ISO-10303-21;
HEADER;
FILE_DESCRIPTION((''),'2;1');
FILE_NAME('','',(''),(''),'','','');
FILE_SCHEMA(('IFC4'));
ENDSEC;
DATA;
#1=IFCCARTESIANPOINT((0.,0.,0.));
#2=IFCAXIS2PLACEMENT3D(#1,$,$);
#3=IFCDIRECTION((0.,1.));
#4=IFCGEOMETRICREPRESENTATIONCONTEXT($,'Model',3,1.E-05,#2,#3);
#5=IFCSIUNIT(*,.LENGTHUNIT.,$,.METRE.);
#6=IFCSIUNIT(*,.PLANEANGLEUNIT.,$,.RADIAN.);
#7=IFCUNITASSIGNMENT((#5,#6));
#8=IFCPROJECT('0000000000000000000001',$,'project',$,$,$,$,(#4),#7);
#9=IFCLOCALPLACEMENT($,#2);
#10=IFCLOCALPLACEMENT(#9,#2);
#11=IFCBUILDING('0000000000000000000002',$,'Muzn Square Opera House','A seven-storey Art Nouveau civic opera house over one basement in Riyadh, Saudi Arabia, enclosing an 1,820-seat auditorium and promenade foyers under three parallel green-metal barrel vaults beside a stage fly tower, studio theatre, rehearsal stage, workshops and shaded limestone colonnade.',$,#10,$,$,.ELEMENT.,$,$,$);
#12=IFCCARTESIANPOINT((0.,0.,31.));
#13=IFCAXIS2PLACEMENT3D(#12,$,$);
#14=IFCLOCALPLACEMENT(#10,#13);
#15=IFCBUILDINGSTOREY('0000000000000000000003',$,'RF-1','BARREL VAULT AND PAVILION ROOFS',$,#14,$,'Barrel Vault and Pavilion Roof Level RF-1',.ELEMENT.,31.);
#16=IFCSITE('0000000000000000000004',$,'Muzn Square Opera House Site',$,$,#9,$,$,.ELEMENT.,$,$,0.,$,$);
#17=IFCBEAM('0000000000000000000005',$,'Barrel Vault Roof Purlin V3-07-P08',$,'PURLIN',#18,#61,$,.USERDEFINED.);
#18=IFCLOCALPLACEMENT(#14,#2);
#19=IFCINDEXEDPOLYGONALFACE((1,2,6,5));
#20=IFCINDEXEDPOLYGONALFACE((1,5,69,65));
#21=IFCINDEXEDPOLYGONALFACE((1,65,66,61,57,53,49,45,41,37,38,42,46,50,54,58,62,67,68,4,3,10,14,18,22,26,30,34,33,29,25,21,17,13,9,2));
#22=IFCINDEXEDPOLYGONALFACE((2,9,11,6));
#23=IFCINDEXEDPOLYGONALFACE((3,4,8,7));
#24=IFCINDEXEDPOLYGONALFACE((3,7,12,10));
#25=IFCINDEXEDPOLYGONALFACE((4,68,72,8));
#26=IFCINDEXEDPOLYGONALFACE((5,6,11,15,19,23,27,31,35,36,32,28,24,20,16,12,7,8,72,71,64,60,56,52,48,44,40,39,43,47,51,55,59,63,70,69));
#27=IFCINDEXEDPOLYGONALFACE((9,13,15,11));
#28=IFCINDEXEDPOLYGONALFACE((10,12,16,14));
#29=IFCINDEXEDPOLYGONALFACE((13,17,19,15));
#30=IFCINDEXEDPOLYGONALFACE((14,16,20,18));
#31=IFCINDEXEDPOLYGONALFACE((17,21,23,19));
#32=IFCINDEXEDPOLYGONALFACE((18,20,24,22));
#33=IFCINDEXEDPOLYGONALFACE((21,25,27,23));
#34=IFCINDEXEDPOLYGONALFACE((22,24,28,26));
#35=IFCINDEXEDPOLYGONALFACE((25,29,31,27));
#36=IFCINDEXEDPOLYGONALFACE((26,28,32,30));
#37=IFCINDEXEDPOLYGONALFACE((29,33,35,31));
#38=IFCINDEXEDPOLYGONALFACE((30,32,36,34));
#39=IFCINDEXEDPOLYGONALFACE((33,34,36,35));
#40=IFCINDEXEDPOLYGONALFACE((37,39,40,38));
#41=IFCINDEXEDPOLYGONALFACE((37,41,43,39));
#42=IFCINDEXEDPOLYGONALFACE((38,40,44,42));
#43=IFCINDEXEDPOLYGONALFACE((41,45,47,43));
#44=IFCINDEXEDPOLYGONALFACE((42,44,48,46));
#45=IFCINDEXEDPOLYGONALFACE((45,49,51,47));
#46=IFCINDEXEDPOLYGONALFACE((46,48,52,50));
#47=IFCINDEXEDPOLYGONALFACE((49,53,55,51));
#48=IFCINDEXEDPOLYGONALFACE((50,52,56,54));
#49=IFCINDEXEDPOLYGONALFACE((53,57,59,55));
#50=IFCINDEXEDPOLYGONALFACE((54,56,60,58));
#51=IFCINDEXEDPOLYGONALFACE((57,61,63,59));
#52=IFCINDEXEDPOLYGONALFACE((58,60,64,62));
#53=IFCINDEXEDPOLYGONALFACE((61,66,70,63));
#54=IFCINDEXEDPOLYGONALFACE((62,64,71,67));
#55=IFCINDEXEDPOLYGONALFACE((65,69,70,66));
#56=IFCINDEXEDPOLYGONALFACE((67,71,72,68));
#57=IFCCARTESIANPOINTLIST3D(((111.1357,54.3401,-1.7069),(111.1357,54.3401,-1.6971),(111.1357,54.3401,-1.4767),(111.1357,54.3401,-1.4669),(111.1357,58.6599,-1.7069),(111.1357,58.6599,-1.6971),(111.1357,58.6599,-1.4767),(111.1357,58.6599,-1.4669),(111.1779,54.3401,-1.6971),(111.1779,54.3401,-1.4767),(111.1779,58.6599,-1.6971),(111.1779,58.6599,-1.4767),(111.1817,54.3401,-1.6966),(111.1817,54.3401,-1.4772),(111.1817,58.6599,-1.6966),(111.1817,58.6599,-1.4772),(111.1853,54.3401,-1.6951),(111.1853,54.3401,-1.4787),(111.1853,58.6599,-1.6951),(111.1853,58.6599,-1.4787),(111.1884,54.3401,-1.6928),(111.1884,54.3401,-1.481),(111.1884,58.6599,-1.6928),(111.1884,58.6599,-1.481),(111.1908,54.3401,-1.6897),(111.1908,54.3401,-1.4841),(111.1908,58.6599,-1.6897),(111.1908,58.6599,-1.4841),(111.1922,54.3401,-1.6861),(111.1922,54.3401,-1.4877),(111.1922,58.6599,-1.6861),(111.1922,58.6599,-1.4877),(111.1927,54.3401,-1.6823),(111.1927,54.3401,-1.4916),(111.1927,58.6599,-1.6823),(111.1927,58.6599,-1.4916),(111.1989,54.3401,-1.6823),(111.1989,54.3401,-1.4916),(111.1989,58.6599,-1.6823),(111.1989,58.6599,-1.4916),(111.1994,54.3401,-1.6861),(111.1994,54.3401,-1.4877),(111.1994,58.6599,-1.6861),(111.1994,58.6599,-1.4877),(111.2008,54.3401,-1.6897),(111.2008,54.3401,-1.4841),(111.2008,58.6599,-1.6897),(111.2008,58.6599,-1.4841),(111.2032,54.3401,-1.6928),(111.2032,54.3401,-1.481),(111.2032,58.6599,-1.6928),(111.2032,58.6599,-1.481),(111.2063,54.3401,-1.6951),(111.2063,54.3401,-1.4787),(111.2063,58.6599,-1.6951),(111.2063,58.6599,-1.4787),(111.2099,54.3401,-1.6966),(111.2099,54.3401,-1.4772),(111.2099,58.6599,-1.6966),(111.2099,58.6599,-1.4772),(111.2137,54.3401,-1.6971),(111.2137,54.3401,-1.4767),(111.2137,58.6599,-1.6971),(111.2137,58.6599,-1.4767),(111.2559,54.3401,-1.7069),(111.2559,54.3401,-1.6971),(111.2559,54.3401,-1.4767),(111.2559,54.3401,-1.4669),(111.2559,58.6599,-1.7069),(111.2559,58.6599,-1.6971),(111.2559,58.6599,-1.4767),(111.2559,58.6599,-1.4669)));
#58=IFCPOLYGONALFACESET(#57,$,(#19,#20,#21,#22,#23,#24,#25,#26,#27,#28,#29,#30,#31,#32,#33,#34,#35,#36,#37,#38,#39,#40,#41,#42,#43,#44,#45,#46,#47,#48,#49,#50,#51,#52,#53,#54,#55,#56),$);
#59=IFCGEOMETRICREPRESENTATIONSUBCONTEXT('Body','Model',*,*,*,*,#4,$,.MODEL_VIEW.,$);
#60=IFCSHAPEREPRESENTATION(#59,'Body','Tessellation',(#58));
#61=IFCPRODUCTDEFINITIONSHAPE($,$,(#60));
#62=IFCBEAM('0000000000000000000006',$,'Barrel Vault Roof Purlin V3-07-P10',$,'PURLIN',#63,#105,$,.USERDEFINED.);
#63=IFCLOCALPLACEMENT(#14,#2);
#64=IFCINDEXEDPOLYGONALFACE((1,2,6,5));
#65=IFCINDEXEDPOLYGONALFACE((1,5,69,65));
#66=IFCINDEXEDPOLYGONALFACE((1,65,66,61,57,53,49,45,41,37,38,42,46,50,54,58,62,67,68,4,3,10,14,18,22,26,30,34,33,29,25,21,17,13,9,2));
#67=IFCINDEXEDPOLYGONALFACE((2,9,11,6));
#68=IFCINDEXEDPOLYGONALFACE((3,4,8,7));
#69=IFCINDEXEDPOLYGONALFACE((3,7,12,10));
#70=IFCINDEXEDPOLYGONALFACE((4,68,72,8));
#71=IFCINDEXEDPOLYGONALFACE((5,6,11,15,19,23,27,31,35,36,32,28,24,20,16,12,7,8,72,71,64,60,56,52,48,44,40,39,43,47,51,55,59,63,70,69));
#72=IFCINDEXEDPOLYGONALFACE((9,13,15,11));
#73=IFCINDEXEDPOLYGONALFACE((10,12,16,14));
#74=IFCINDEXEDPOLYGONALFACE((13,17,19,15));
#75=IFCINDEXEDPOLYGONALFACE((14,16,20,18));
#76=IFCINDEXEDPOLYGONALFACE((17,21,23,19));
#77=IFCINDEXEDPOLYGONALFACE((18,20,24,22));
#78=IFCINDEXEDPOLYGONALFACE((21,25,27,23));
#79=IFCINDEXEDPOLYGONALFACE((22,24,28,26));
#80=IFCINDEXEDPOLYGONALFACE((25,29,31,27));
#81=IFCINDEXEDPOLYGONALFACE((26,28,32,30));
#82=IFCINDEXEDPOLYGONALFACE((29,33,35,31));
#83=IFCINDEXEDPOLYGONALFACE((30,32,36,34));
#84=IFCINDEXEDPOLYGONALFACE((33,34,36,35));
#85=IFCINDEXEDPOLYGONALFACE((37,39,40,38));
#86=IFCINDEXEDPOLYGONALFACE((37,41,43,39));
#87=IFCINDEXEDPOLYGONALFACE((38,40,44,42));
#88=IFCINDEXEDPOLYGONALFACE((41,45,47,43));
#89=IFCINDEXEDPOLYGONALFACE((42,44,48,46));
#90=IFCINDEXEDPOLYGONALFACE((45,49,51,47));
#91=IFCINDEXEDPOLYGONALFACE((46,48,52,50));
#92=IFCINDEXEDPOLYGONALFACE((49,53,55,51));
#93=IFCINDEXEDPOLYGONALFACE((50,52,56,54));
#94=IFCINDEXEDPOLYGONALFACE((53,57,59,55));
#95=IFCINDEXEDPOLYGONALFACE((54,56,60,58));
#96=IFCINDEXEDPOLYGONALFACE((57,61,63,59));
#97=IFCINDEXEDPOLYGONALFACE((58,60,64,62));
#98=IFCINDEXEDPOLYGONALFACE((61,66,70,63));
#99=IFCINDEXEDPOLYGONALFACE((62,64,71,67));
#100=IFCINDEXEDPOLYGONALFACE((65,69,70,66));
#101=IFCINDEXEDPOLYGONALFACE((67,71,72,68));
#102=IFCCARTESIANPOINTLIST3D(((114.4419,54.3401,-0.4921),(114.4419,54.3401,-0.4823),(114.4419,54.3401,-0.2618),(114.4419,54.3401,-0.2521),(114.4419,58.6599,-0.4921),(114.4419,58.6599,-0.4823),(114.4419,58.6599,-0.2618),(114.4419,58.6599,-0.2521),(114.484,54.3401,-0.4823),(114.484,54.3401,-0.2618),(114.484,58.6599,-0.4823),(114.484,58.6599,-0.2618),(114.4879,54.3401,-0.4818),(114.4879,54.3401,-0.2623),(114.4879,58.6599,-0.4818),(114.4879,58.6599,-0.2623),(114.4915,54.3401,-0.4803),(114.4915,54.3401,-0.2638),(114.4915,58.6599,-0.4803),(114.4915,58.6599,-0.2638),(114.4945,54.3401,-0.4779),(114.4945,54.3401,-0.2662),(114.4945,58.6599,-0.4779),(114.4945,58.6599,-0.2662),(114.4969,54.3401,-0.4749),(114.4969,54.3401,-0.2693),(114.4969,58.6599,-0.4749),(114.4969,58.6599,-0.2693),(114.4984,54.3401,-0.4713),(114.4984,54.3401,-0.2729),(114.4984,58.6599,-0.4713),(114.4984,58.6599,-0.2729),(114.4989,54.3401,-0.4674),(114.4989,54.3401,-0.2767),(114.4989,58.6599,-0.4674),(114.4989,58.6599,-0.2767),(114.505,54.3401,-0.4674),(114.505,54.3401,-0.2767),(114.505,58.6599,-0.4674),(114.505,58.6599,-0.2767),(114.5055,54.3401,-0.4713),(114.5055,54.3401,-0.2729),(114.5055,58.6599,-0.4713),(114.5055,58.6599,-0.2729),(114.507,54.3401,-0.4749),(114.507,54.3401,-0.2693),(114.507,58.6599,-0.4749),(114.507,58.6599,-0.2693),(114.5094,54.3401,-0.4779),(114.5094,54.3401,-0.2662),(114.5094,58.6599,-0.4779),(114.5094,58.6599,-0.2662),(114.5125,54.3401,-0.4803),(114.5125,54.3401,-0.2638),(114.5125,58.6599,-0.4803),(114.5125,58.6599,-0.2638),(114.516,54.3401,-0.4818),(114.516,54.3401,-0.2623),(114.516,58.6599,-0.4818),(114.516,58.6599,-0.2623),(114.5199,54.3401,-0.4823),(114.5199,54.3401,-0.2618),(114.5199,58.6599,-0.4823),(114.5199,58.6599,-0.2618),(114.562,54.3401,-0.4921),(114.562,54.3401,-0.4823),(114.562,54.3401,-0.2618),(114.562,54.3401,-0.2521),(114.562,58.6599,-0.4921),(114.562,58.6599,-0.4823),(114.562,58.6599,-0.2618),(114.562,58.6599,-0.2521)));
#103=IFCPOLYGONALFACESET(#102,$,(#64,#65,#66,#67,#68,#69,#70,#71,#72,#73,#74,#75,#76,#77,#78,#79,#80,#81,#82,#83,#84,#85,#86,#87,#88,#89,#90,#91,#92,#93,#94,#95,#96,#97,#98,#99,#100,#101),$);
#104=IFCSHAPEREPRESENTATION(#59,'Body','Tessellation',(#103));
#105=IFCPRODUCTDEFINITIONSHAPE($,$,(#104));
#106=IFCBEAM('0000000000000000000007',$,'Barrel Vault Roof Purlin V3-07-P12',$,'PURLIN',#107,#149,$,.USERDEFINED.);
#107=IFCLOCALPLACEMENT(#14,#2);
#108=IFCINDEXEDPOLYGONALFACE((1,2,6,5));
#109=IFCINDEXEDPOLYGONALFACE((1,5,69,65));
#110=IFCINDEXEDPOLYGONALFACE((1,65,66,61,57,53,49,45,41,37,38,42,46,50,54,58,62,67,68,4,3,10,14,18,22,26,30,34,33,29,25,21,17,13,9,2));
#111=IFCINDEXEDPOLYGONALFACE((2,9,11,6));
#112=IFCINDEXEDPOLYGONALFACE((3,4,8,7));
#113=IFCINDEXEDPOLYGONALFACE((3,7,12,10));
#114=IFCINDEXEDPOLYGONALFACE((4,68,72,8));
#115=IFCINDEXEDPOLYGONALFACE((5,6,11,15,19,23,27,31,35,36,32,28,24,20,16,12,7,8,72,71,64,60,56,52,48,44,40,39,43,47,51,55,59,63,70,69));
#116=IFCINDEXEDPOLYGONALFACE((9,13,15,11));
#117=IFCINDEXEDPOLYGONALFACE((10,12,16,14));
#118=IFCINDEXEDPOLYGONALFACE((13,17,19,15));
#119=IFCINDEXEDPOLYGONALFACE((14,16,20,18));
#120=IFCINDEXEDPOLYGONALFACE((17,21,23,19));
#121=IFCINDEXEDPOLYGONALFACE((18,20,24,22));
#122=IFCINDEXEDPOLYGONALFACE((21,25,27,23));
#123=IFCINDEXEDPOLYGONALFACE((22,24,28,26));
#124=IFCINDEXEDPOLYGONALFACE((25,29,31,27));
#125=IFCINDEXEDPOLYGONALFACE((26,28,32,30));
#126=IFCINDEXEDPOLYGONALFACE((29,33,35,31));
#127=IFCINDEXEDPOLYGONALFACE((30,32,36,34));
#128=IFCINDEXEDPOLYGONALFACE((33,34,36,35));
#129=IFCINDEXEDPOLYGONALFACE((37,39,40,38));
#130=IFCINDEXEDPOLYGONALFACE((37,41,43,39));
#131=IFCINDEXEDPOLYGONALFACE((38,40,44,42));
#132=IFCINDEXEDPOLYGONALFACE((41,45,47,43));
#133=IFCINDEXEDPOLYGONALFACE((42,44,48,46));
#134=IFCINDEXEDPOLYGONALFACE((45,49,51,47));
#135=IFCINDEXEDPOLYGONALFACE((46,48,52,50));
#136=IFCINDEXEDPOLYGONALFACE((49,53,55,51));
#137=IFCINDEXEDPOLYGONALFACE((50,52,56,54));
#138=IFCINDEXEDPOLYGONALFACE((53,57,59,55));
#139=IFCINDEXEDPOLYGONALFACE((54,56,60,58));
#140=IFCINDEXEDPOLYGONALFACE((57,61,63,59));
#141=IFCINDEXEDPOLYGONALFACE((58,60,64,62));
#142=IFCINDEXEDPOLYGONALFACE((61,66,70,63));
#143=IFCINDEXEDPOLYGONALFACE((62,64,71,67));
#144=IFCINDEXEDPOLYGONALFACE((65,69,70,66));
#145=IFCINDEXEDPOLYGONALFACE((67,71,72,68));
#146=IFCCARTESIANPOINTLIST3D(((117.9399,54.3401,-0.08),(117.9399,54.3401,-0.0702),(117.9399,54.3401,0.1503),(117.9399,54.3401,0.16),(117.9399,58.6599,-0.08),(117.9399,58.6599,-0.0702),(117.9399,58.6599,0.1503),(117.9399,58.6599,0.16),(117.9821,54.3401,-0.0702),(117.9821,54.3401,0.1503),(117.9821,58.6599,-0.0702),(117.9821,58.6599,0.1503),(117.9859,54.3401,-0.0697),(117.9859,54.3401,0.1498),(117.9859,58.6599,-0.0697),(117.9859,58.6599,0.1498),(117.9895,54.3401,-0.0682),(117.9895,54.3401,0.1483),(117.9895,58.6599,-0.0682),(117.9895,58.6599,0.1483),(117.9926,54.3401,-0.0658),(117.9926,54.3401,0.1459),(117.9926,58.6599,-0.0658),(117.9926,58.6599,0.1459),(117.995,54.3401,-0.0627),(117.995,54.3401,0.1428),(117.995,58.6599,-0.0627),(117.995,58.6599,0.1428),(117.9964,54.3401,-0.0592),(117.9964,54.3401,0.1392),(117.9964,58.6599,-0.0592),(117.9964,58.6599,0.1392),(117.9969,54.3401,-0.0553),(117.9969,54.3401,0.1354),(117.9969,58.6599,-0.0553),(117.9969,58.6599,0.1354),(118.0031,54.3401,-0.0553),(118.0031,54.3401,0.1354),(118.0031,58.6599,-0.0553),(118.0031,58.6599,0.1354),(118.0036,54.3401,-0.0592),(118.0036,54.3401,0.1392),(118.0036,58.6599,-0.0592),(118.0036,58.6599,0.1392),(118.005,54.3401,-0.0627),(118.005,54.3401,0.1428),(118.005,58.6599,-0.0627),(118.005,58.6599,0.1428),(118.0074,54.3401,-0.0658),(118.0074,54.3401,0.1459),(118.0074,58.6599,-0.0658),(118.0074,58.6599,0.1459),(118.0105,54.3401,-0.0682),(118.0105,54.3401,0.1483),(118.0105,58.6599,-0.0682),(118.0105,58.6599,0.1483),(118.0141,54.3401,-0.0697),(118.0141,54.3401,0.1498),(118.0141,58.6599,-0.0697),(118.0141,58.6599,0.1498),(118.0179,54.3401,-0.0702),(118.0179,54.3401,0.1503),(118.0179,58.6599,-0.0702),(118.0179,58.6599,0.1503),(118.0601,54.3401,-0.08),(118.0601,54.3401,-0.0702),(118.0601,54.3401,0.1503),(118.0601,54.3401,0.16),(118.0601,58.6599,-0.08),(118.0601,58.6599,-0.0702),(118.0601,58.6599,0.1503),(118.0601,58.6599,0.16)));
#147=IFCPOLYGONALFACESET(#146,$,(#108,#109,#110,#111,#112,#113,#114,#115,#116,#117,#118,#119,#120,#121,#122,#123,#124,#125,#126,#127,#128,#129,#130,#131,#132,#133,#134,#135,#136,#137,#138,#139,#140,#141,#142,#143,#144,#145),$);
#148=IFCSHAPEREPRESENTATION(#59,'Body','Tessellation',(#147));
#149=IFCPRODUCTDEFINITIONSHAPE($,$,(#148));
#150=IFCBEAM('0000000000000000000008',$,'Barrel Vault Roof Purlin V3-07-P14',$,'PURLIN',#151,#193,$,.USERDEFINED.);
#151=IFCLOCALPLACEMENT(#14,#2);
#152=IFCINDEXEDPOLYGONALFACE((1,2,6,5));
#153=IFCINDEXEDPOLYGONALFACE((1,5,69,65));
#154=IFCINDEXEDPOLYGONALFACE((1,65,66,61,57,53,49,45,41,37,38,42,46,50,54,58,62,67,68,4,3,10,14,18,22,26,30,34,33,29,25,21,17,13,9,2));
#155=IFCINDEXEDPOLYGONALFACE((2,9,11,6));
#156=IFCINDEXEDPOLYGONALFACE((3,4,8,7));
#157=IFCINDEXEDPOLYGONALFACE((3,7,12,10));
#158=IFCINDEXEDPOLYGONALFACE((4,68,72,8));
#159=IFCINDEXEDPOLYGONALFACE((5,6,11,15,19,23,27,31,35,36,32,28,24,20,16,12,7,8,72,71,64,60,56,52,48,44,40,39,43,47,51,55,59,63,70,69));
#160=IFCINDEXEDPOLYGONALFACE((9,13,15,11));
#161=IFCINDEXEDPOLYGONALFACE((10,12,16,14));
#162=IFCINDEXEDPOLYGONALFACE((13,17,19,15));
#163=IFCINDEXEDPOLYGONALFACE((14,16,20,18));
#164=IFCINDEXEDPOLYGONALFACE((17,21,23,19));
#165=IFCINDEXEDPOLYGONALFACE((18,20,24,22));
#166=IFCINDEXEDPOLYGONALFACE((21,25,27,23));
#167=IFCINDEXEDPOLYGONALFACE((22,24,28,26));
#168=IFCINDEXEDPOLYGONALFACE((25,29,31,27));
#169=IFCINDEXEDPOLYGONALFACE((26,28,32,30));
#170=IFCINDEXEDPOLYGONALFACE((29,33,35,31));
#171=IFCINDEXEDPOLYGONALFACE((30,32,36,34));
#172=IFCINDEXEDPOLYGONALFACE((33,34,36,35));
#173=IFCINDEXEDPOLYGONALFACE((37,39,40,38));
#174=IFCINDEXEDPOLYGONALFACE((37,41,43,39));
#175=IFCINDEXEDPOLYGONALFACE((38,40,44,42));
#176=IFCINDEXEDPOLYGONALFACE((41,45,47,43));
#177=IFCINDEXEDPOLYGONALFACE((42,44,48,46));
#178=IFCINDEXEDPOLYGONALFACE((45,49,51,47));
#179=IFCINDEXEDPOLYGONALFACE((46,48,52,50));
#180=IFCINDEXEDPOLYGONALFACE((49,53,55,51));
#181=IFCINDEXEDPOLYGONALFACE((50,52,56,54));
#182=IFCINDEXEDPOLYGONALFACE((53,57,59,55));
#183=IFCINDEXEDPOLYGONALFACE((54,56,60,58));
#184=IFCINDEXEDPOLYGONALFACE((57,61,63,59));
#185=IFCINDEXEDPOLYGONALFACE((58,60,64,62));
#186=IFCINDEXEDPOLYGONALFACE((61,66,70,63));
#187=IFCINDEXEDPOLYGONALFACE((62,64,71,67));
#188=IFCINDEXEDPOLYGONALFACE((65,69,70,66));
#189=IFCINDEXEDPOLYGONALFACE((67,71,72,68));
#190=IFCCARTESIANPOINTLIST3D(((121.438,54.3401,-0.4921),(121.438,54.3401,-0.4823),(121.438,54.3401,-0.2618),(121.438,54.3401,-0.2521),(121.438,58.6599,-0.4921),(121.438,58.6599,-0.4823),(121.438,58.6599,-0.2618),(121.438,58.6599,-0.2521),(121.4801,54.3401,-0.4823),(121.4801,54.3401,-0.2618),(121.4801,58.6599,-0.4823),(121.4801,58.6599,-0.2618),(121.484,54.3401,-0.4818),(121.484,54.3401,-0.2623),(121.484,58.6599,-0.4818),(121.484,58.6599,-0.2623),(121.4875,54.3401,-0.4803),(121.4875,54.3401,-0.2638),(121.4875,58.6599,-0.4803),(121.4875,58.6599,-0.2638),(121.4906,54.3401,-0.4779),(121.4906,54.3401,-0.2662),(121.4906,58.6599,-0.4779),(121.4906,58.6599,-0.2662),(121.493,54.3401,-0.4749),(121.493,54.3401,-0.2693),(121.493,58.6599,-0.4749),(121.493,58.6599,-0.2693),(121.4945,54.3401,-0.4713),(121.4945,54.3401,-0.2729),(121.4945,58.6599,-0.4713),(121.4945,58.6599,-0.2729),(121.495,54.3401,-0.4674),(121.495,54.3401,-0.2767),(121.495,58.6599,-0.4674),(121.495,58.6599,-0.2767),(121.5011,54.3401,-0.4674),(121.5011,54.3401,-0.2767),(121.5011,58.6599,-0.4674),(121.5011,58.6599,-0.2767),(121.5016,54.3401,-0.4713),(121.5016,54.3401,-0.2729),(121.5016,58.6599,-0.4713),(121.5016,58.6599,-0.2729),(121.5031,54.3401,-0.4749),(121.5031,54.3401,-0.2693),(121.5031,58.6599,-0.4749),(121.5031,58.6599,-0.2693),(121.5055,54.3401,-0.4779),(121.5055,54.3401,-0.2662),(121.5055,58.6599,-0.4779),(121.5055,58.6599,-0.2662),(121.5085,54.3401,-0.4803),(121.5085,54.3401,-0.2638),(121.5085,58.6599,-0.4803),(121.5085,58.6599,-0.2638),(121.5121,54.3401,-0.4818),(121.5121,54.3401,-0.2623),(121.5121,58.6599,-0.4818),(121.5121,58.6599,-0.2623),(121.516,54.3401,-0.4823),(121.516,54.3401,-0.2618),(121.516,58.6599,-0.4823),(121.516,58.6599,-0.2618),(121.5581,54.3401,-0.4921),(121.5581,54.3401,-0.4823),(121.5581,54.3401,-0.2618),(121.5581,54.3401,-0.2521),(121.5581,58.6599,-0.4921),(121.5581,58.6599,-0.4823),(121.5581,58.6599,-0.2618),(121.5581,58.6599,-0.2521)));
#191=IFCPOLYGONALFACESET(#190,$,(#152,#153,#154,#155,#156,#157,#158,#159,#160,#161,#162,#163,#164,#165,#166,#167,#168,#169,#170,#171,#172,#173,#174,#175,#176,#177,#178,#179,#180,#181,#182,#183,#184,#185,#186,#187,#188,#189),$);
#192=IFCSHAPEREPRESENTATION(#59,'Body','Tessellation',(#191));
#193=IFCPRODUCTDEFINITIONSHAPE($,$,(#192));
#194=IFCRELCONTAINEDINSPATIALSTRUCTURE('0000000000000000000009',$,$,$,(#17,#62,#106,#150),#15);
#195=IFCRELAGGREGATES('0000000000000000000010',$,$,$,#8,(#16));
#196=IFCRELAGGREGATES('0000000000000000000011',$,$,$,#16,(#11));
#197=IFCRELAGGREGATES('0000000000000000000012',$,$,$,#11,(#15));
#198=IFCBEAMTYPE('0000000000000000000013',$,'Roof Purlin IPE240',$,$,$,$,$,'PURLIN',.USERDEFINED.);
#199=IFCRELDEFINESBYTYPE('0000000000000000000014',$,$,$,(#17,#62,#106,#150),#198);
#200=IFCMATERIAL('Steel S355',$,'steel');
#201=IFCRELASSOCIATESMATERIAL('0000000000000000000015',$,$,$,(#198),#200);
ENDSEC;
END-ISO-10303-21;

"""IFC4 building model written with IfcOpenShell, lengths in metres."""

from ifc_helpers import new_model, si_unit, direction, frame, origin, origin_2d, place, context, subcontext, project, spatial, i_section, extrude, material, material_profile, profile_set, type_object, element, save


model = new_model("IFC4")

# Units and contexts
model_context = context("Model", 3, precision=1e-05, world=origin(), true_north=direction((0.0, 1.0)))
body_context = subcontext(model_context, "Body", "Model", "MODEL_VIEW")
ifc_project = project(units=[si_unit("LENGTHUNIT", "METRE"), si_unit("PLANEANGLEUNIT", "RADIAN")], contexts=[model_context])

# Site, building, storey
site_placement = place(None, origin())
site = spatial("IfcSite", under=ifc_project, at=site_placement, Name="Muzn Square Opera House Site", CompositionType="ELEMENT", RefElevation=0.0)
building_placement = place(site_placement, origin())
building = spatial("IfcBuilding", under=site, at=building_placement, Name="Muzn Square Opera House", Description="A seven-storey Art Nouveau civic opera house over one basement in Riyadh, Saudi Arabia, enclosing an 1,820-seat auditorium and promenade foyers under three parallel green-metal barrel vaults beside a stage fly tower, studio theatre, rehearsal stage, workshops and shaded limestone colonnade.", CompositionType="ELEMENT")
storey_placement = place(building_placement, frame((0.0, 0.0, 31.0)))
storey = spatial("IfcBuildingStorey", under=building, at=storey_placement, Name="RF-1", Description="BARREL VAULT AND PAVILION ROOFS", LongName="Barrel Vault and Pavilion Roof Level RF-1", CompositionType="ELEMENT", Elevation=31.0)

# Beams
ifc_material_1 = material(Name="Steel S355", Category="steel")
ifc_material_profile_1 = material_profile(ifc_material_1, i_section(OverallWidth=0.1201, OverallDepth=0.24, WebThickness=0.0061, FlangeThickness=0.0098, FilletRadius=0.0149, at=origin_2d()), Name="IPE 240", Category="steel")
ifc_profile_set_1 = profile_set([ifc_material_profile_1], Name="Steel S355")
beam_type_1 = type_object("IfcBeamType", Name="Roof Purlin IPE240", ElementType="PURLIN", PredefinedType="USERDEFINED", material=ifc_profile_set_1)
for number, where, z_axis, x_axis, name in (
    (1, (111.1958, 54.3401, -1.5869), (0.0, 1.0, 0.0), (-1.0, 0.0, 0.0), "Barrel Vault Roof Purlin V3-07-P08"),
    (2, (114.502, 54.3401, -0.3721), (0.0, 1.0, 0.0), (-1.0, 0.0, 0.0), "Barrel Vault Roof Purlin V3-07-P10"),
    (3, (118.0, 54.3401, 0.04), (0.0, 1.0, 0.0), (-1.0, 0.0, 0.0), "Barrel Vault Roof Purlin V3-07-P12"),
    (4, (121.498, 54.3401, -0.3721), (0.0, 1.0, 0.0), (-1.0, 0.0, 0.0), "Barrel Vault Roof Purlin V3-07-P14"),
):
    element("IfcBeam", number, at=place(storey_placement, frame(where, z_axis=z_axis, x_axis=x_axis)), inside=storey, type_object=beam_type_1, Name=name, ObjectType="PURLIN", PredefinedType="USERDEFINED", context=body_context, shape_type="SweptSolid", body=[
        extrude(i_section(OverallWidth=0.1201, OverallDepth=0.24, WebThickness=0.0061, FlangeThickness=0.0098, FilletRadius=0.0149, at=origin_2d()), origin(), (0.0, 0.0, 1.0), 4.3198),
    ])

save(model, "model.ifc")
